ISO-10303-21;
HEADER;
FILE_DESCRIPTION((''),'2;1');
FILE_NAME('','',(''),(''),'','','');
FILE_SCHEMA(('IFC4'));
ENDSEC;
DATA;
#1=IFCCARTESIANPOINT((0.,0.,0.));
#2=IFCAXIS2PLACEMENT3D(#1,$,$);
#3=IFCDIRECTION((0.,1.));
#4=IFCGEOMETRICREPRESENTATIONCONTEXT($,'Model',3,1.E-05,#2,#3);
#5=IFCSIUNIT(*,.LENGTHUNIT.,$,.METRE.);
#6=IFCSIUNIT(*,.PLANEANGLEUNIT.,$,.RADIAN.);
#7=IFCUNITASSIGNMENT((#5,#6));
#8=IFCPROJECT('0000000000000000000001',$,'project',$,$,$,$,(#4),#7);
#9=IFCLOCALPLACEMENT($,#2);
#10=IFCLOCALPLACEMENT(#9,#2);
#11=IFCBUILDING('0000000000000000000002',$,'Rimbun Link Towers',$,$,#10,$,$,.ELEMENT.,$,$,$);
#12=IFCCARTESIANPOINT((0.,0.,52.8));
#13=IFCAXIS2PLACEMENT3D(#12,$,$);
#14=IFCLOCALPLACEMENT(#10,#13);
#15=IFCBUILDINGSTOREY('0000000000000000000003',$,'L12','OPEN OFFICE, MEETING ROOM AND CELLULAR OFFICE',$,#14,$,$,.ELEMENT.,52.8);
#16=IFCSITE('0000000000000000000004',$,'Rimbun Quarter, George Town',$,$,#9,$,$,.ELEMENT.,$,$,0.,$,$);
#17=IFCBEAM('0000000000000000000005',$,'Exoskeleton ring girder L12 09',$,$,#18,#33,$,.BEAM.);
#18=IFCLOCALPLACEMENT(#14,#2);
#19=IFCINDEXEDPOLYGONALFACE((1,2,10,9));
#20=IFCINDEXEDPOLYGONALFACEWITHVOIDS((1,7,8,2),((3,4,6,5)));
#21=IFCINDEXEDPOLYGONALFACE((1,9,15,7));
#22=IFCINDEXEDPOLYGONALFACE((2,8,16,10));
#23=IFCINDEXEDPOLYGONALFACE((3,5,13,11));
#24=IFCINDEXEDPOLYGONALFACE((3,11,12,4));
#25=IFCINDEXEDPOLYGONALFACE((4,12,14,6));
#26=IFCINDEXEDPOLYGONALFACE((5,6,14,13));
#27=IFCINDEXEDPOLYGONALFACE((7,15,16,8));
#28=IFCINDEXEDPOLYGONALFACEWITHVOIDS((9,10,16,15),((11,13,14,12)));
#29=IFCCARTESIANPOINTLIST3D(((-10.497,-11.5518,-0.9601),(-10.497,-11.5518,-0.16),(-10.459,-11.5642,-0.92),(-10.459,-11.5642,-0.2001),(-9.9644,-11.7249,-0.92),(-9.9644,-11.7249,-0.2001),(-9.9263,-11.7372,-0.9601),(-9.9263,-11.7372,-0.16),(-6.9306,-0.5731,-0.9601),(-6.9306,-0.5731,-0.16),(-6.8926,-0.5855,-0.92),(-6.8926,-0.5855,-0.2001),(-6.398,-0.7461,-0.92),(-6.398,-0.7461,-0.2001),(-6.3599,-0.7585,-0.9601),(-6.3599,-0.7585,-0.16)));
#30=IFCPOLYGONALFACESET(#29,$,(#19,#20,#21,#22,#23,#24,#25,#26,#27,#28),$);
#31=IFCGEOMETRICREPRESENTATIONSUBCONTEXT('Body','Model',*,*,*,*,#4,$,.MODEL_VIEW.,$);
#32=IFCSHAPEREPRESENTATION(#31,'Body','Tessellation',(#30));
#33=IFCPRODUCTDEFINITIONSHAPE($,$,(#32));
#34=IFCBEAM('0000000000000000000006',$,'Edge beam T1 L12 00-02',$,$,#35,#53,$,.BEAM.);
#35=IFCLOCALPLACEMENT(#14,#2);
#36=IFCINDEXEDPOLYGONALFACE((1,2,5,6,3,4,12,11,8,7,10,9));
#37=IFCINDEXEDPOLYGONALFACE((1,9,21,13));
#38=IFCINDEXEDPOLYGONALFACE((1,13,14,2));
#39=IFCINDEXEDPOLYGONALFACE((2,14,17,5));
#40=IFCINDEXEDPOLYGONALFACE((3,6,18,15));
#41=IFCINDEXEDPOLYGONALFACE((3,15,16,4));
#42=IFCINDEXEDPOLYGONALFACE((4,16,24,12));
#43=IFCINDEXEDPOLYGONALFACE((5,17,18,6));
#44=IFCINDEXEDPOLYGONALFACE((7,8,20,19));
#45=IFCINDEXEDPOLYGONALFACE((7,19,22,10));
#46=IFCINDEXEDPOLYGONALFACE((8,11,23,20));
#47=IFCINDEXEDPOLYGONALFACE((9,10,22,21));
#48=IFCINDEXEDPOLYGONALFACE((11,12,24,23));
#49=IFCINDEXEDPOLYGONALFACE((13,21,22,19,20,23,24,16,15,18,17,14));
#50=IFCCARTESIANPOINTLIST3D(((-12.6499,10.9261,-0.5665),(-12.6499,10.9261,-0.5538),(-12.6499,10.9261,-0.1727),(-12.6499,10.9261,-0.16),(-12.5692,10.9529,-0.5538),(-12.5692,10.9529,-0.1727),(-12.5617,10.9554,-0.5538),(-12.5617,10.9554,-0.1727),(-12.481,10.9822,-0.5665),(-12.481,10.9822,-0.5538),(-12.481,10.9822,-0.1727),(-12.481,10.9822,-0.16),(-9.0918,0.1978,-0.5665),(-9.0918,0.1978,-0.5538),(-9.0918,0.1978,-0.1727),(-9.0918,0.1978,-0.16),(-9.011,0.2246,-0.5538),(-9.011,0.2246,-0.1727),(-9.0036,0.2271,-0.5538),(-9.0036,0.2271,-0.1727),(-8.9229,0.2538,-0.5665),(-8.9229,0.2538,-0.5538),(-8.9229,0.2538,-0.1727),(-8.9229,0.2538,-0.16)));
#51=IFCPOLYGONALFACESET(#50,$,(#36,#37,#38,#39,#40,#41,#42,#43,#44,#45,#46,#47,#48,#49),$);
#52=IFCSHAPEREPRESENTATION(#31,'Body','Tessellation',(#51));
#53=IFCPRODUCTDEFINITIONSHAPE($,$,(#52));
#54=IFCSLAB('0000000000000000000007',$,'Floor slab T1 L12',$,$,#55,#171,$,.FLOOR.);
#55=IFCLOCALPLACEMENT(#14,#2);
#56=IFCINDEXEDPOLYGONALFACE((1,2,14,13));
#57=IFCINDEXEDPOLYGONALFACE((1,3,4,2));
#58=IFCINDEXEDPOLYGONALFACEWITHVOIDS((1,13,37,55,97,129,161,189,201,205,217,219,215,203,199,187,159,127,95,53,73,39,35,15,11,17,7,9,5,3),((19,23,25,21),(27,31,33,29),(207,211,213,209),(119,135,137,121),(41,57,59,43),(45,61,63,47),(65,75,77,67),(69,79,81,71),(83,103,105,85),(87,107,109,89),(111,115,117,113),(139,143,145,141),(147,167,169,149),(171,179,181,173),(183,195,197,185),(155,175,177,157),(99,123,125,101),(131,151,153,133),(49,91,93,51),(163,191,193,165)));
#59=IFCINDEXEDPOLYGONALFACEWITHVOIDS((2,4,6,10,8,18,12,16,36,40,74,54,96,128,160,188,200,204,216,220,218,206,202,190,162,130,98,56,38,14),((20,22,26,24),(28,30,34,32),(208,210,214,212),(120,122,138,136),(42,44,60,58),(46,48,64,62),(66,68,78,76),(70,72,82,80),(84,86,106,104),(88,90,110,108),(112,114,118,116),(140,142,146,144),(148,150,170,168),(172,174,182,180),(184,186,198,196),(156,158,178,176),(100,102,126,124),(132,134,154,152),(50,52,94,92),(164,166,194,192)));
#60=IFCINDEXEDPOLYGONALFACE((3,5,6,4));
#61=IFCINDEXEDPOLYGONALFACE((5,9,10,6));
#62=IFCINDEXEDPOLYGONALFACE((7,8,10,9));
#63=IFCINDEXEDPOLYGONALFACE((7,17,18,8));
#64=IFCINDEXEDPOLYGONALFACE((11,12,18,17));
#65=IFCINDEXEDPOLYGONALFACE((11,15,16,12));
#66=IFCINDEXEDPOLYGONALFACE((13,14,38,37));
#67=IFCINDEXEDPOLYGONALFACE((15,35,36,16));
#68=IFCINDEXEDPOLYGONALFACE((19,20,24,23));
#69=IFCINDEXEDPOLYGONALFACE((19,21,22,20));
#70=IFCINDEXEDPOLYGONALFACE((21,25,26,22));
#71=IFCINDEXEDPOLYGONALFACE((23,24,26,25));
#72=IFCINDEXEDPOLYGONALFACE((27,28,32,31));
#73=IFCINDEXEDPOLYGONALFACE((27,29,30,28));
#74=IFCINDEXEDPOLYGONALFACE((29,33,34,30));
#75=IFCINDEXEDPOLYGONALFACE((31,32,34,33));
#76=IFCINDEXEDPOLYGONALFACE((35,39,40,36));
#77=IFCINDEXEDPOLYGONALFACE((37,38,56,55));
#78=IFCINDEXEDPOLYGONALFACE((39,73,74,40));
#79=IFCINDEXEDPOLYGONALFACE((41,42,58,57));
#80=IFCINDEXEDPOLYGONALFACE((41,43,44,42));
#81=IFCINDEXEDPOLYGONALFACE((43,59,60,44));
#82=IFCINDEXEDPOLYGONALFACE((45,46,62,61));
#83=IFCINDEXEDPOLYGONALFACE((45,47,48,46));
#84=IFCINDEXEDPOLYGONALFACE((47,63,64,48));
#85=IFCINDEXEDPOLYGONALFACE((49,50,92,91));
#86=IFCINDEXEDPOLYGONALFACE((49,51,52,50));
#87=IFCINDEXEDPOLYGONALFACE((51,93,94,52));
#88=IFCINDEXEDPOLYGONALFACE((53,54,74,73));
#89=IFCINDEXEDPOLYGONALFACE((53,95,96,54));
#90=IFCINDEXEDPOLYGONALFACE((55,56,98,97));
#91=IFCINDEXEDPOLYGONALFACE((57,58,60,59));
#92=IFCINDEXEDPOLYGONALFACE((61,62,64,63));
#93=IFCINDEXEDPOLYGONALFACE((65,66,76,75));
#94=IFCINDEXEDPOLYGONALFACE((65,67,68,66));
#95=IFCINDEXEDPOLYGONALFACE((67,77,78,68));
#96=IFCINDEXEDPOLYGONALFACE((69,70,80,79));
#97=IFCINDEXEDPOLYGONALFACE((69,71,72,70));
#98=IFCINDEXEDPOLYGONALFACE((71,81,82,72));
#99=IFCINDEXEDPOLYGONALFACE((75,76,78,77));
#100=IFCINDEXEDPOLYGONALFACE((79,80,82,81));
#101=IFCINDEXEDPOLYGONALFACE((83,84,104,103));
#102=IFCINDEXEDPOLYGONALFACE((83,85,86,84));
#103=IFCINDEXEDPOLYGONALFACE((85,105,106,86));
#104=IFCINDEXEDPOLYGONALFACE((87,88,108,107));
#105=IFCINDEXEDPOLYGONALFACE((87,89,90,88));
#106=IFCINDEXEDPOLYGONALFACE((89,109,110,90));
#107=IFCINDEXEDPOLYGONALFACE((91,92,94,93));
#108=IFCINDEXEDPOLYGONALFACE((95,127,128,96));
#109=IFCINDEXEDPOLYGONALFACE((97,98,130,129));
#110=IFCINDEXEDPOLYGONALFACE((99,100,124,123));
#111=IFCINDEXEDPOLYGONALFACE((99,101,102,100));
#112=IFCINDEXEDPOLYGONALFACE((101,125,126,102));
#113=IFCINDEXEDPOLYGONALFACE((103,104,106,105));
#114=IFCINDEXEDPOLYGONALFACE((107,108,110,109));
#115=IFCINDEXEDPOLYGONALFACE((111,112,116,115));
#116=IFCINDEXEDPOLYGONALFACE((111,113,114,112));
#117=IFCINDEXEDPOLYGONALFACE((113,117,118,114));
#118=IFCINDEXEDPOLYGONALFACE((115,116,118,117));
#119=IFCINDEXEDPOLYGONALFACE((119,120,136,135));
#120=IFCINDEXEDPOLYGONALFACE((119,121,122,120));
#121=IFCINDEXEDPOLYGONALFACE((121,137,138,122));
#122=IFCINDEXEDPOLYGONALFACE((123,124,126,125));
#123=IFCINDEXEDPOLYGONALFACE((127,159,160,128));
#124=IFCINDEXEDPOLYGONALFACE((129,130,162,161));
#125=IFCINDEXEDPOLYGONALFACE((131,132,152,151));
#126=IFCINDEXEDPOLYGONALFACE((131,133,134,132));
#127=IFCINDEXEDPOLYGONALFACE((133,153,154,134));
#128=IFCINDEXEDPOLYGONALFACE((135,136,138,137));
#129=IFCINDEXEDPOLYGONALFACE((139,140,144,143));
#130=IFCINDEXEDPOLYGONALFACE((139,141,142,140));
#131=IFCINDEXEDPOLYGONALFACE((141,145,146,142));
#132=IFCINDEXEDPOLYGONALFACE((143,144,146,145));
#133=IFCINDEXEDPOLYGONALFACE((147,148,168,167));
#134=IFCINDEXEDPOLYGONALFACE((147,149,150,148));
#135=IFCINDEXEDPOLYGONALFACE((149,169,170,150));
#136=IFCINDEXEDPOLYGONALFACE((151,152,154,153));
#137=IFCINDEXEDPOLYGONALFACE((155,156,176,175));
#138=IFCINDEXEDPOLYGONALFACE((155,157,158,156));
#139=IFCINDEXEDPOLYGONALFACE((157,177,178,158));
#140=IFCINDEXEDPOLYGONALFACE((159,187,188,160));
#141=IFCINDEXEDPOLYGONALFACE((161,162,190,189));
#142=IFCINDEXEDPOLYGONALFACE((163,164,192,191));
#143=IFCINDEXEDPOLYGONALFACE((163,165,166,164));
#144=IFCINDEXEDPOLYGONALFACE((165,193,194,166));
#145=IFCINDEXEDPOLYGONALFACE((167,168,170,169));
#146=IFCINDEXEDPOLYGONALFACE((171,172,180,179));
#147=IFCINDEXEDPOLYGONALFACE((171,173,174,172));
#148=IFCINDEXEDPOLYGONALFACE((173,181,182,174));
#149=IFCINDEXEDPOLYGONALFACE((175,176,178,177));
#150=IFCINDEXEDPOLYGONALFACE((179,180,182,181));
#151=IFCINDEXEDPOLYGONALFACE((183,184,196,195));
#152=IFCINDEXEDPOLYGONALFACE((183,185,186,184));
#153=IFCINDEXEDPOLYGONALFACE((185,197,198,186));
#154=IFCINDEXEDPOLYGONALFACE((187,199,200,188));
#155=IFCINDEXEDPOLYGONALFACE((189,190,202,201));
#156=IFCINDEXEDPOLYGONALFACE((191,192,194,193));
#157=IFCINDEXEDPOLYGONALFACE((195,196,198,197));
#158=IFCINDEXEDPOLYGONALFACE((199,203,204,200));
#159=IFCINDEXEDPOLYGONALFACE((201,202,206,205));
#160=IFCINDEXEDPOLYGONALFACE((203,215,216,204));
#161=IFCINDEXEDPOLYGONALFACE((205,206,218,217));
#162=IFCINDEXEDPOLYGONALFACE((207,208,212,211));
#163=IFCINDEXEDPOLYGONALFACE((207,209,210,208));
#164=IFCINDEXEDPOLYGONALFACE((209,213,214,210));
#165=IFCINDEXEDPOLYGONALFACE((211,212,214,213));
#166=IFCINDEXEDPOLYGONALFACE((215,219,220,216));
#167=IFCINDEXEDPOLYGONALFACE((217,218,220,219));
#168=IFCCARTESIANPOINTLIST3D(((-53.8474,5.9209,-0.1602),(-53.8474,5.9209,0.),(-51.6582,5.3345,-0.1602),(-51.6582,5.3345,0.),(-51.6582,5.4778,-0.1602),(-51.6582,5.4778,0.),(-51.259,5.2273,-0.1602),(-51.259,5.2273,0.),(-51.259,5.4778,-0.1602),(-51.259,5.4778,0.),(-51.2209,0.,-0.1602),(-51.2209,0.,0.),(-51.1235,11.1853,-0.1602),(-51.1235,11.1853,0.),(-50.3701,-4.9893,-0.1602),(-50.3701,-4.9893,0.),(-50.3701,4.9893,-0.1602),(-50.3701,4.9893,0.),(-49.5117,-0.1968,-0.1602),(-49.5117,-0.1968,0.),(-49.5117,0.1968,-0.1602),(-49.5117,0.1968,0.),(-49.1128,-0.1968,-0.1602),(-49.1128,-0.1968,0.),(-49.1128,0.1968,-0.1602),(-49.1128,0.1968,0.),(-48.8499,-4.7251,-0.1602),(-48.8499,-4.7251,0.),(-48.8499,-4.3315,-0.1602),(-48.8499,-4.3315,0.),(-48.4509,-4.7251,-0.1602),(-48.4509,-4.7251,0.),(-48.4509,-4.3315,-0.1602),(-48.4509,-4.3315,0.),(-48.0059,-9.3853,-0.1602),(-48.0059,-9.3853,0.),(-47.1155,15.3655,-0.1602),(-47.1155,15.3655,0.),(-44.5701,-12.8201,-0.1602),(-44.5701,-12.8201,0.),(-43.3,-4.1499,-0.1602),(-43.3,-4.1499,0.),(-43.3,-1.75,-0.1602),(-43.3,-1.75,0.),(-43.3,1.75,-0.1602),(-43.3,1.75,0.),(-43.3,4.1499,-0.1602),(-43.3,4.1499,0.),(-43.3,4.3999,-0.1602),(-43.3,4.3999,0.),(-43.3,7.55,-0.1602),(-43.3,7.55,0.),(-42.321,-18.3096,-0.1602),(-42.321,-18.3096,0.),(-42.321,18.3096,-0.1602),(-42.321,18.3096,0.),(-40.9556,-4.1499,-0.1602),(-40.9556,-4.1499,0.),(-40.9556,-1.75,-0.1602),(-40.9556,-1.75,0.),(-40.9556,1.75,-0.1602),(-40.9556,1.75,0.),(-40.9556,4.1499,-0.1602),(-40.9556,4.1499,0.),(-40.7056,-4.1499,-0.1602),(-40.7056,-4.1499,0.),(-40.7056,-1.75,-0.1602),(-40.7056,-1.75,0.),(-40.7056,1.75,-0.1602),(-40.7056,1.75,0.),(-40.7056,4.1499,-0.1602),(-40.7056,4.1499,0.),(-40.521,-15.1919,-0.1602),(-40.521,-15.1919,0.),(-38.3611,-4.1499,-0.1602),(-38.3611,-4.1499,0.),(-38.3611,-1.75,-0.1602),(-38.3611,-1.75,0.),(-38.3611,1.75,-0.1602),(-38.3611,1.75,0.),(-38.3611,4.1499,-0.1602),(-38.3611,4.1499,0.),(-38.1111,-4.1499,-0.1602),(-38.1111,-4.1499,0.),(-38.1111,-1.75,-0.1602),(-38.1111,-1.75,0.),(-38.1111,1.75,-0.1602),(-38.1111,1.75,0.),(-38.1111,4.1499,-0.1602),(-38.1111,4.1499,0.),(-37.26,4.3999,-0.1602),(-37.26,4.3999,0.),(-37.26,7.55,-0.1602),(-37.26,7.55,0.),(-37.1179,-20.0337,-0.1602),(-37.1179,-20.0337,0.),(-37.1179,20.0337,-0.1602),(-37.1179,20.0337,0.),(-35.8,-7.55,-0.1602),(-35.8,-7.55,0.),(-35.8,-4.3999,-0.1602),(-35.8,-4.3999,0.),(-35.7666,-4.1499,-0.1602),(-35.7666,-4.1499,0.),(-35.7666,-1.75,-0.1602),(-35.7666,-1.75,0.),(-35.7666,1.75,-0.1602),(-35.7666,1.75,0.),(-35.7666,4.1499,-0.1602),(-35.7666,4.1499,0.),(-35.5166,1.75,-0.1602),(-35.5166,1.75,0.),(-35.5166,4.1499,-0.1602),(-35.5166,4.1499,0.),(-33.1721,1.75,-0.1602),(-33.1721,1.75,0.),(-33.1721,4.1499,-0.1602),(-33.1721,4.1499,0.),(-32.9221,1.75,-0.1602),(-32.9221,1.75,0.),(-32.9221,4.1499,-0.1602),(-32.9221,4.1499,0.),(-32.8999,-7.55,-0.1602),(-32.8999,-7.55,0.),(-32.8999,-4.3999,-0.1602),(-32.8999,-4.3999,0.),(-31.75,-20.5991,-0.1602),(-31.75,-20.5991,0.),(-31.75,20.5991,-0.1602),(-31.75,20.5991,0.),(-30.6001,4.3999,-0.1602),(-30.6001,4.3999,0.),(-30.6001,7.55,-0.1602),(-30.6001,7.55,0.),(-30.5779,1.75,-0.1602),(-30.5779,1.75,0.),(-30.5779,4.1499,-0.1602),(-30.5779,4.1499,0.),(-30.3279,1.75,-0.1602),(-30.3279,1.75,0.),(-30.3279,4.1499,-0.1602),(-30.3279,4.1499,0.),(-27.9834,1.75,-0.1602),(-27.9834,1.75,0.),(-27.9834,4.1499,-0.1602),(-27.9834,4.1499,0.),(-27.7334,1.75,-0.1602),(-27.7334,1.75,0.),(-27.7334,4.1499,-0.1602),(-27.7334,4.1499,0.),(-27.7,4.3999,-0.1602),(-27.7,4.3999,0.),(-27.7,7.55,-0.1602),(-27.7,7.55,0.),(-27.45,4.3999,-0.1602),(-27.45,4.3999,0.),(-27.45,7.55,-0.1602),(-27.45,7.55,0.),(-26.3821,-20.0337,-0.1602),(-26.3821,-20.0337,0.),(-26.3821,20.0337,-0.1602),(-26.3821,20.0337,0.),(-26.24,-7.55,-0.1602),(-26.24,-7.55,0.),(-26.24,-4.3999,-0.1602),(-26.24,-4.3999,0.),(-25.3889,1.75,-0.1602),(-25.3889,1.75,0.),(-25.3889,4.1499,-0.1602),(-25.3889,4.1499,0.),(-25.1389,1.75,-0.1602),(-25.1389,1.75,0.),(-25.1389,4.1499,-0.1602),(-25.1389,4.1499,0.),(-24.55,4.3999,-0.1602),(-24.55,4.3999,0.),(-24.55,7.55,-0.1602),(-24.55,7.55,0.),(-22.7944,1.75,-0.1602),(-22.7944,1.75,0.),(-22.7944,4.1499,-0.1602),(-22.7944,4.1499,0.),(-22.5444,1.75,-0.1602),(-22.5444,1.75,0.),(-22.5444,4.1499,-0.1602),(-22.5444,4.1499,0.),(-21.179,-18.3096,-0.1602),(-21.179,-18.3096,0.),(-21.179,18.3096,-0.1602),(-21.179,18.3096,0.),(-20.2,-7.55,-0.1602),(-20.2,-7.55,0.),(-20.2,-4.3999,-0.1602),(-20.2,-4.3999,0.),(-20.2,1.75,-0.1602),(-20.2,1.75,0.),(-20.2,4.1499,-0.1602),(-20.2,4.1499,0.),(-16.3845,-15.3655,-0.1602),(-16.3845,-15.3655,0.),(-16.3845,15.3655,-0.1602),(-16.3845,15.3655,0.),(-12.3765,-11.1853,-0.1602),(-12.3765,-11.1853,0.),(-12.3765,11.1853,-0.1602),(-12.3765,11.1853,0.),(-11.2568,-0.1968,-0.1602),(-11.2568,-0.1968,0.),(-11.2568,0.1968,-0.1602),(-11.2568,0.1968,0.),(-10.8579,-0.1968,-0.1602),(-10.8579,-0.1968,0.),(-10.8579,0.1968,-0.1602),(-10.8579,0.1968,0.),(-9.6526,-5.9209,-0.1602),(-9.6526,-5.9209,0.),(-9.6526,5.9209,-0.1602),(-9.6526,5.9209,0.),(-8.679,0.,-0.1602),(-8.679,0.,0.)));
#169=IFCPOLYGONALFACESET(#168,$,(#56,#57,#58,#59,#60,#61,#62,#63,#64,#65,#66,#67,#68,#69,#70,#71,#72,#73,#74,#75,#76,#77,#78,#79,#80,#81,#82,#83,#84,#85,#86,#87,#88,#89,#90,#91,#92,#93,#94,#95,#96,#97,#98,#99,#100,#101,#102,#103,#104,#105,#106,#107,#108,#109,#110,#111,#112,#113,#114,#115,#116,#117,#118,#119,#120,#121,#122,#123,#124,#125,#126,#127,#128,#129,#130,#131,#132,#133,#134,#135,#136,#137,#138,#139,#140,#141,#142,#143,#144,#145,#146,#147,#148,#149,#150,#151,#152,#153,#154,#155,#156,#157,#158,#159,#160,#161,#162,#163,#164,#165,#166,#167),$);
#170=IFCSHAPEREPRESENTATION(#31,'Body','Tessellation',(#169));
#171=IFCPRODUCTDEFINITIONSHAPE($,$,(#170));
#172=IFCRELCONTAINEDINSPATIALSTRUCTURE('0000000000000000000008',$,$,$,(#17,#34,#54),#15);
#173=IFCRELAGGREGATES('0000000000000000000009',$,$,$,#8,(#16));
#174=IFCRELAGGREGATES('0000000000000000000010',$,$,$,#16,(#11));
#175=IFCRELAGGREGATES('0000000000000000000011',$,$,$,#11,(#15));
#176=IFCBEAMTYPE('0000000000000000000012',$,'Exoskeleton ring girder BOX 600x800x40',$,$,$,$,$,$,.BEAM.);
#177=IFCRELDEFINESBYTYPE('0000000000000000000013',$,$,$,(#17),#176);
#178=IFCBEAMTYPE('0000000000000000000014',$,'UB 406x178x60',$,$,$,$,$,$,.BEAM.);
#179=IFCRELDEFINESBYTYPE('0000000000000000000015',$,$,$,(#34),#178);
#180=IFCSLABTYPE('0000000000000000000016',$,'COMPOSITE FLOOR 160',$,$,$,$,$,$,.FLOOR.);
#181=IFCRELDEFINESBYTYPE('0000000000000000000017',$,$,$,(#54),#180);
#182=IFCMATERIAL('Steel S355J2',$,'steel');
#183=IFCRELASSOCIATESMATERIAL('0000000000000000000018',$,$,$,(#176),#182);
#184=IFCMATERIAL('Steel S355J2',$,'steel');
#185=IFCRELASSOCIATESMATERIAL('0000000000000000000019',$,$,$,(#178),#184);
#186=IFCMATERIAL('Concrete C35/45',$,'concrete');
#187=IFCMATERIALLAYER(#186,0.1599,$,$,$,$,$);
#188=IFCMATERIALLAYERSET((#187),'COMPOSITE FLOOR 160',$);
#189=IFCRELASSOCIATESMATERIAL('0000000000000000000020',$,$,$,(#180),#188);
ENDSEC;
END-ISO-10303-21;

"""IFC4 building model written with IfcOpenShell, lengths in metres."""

from ifc_helpers import new_model, si_unit, direction, frame, origin, origin_2d, place, context, subcontext, project, spatial, polyline, hollow_rectangle, i_section, outline, extrude, material, layer, layer_set, material_profile, profile_set, type_object, element, save


model = new_model("IFC4")

# Units and contexts
model_context = context("Model", 3, precision=1e-05, world=origin(), true_north=direction((0.0, 1.0)))
body_context = subcontext(model_context, "Body", "Model", "MODEL_VIEW")
ifc_project = project(units=[si_unit("LENGTHUNIT", "METRE"), si_unit("PLANEANGLEUNIT", "RADIAN")], contexts=[model_context])

# Site, building, storey
site_placement = place(None, origin())
site = spatial("IfcSite", under=ifc_project, at=site_placement, Name="Rimbun Quarter, George Town", CompositionType="ELEMENT", RefElevation=0.0)
building_placement = place(site_placement, origin())
building = spatial("IfcBuilding", under=site, at=building_placement, Name="Rimbun Link Towers", CompositionType="ELEMENT")
storey_placement = place(building_placement, frame((0.0, 0.0, 52.8)))
storey = spatial("IfcBuildingStorey", under=building, at=storey_placement, Name="L12", Description="OPEN OFFICE, MEETING ROOM AND CELLULAR OFFICE", CompositionType="ELEMENT", Elevation=52.8)

# Beams
ifc_material_1 = material(Name="Steel S355J2", Category="steel")
ifc_material_profile_1 = material_profile(ifc_material_1, hollow_rectangle(XDim=0.6001, YDim=0.8, WallThickness=0.04, at=origin_2d()), Name="Exoskeleton ring girder BOX 600x800x40")
ifc_profile_set_1 = profile_set([ifc_material_profile_1], Name="Steel S355J2")
beam_type_1 = type_object("IfcBeamType", Name="Exoskeleton ring girder BOX 600x800x40", PredefinedType="BEAM", material=ifc_profile_set_1)
for number, where, z_axis, x_axis, name in (
    (1, (-10.2117, -11.6445, -0.5601), (0.308954, 0.951077, 0.0), (-0.951077, 0.308954, 0.0), "Exoskeleton ring girder L12 09"),
):
    element("IfcBeam", number, at=place(storey_placement, frame(where, z_axis=z_axis, x_axis=x_axis)), inside=storey, type_object=beam_type_1, Name=name, PredefinedType="BEAM", context=body_context, shape_type="SweptSolid", body=[
        extrude(hollow_rectangle(XDim=0.6001, YDim=0.8, WallThickness=0.04, at=origin_2d()), origin(), (0.0, 0.0, 1.0), 11.5435),
    ])
ifc_material_2 = material(Name="Steel S355J2", Category="steel")
ifc_material_profile_2 = material_profile(ifc_material_2, i_section(OverallWidth=0.178, OverallDepth=0.4065, WebThickness=0.0078, FlangeThickness=0.0127, at=origin_2d()), Name="UB 406x178x60")
ifc_profile_set_2 = profile_set([ifc_material_profile_2], Name="Steel S355J2")
beam_type_2 = type_object("IfcBeamType", Name="UB 406x178x60", PredefinedType="BEAM", material=ifc_profile_set_2)
beam_placement = place(storey_placement, frame((-9.0073, 0.2258, -0.3633), z_axis=(-0.314795, 0.94916, 0.0), x_axis=(-0.94916, -0.314795, 0.0)))
element("IfcBeam", 2, at=beam_placement, inside=storey, type_object=beam_type_2, Name="Edge beam T1 L12 00-02", PredefinedType="BEAM", context=body_context, shape_type="SweptSolid", body=[
    extrude(i_section(OverallWidth=0.178, OverallDepth=0.4065, WebThickness=0.0078, FlangeThickness=0.0127, at=origin_2d()), origin(), (0.0, 0.0, 1.0), 11.303),
])

# Slab
ifc_material_3 = material(Name="Concrete C35/45", Category="concrete")
ifc_layer_1 = layer(ifc_material_3, 0.1599)
ifc_layer_set_1 = layer_set([ifc_layer_1], Name="COMPOSITE FLOOR 160")
slab_type_1 = type_object("IfcSlabType", Name="COMPOSITE FLOOR 160", PredefinedType="FLOOR", material=ifc_layer_set_1)
slab_1_placement = place(storey_placement, frame((0.0, 0.0, -0.1602)))
element("IfcSlab", 3, at=slab_1_placement, inside=storey, type_object=slab_type_1, Name="Floor slab T1 L12", PredefinedType="FLOOR", context=body_context, shape_type="SweptSolid", body=[
    extrude(outline(polyline([(-53.8474, 5.9209), (-51.1235, 11.1853), (-47.1155, 15.3655), (-42.321, 18.3096), (-37.1179, 20.0337), (-31.75, 20.5991), (-26.3821, 20.0337), (-21.179, 18.3096), (-16.3845, 15.3655), (-12.3765, 11.1853), (-9.6526, 5.9209), (-8.679, 0.0), (-9.6526, -5.9209), (-12.3765, -11.1853), (-16.3845, -15.3655), (-21.179, -18.3096), (-26.3821, -20.0337), (-31.75, -20.5991), (-37.1179, -20.0337), (-42.321, -18.3096), (-40.521, -15.1919), (-44.5701, -12.8201), (-48.0059, -9.3853), (-50.3701, -4.9893), (-51.2209, 0.0), (-50.3701, 4.9893), (-51.259, 5.2273), (-51.259, 5.4778), (-51.6582, 5.4778), (-51.6582, 5.3345), (-53.8474, 5.9209)]), holes=[polyline([(-32.8999, -7.55), (-32.8999, -4.3999), (-35.8, -4.3999), (-35.8, -7.55), (-32.8999, -7.55)]), polyline([(-48.4509, -4.7251), (-48.4509, -4.3315), (-48.8499, -4.3315), (-48.8499, -4.7251), (-48.4509, -4.7251)]), polyline([(-40.9556, -4.1499), (-40.9556, -1.75), (-43.3, -1.75), (-43.3, -4.1499), (-40.9556, -4.1499)]), polyline([(-40.7056, -4.1499), (-38.3611, -4.1499), (-38.3611, -1.75), (-40.7056, -1.75), (-40.7056, -4.1499)]), polyline([(-38.1111, -4.1499), (-35.7666, -4.1499), (-35.7666, -1.75), (-38.1111, -1.75), (-38.1111, -4.1499)]), polyline([(-49.1128, -0.1968), (-49.1128, 0.1968), (-49.5117, 0.1968), (-49.5117, -0.1968), (-49.1128, -0.1968)]), polyline([(-40.9556, 1.75), (-40.9556, 4.1499), (-43.3, 4.1499), (-43.3, 1.75), (-40.9556, 1.75)]), polyline([(-38.3611, 1.75), (-38.3611, 4.1499), (-40.7056, 4.1499), (-40.7056, 1.75), (-38.3611, 1.75)]), polyline([(-38.1111, 1.75), (-35.7666, 1.75), (-35.7666, 4.1499), (-38.1111, 4.1499), (-38.1111, 1.75)]), polyline([(-37.26, 4.3999), (-37.26, 7.55), (-43.3, 7.55), (-43.3, 4.3999), (-37.26, 4.3999)]), polyline([(-20.2, -7.55), (-20.2, -4.3999), (-26.24, -4.3999), (-26.24, -7.55), (-20.2, -7.55)]), polyline([(-10.8579, -0.1968), (-10.8579, 0.1968), (-11.2568, 0.1968), (-11.2568, -0.1968), (-10.8579, -0.1968)]), polyline([(-35.5166, 1.75), (-33.1721, 1.75), (-33.1721, 4.1499), (-35.5166, 4.1499), (-35.5166, 1.75)]), polyline([(-32.9221, 1.75), (-30.5779, 1.75), (-30.5779, 4.1499), (-32.9221, 4.1499), (-32.9221, 1.75)]), polyline([(-27.9834, 1.75), (-27.9834, 4.1499), (-30.3279, 4.1499), (-30.3279, 1.75), (-27.9834, 1.75)]), polyline([(-27.7334, 1.75), (-25.3889, 1.75), (-25.3889, 4.1499), (-27.7334, 4.1499), (-27.7334, 1.75)]), polyline([(-25.1389, 1.75), (-22.7944, 1.75), (-22.7944, 4.1499), (-25.1389, 4.1499), (-25.1389, 1.75)]), polyline([(-20.2, 1.75), (-20.2, 4.1499), (-22.5444, 4.1499), (-22.5444, 1.75), (-20.2, 1.75)]), polyline([(-30.6001, 4.3999), (-27.7, 4.3999), (-27.7, 7.55), (-30.6001, 7.55), (-30.6001, 4.3999)]), polyline([(-27.45, 4.3999), (-24.55, 4.3999), (-24.55, 7.55), (-27.45, 7.55), (-27.45, 4.3999)])]), origin(), (0.0, 0.0, 1.0), 0.1602),
])

save(model, "model.ifc")
